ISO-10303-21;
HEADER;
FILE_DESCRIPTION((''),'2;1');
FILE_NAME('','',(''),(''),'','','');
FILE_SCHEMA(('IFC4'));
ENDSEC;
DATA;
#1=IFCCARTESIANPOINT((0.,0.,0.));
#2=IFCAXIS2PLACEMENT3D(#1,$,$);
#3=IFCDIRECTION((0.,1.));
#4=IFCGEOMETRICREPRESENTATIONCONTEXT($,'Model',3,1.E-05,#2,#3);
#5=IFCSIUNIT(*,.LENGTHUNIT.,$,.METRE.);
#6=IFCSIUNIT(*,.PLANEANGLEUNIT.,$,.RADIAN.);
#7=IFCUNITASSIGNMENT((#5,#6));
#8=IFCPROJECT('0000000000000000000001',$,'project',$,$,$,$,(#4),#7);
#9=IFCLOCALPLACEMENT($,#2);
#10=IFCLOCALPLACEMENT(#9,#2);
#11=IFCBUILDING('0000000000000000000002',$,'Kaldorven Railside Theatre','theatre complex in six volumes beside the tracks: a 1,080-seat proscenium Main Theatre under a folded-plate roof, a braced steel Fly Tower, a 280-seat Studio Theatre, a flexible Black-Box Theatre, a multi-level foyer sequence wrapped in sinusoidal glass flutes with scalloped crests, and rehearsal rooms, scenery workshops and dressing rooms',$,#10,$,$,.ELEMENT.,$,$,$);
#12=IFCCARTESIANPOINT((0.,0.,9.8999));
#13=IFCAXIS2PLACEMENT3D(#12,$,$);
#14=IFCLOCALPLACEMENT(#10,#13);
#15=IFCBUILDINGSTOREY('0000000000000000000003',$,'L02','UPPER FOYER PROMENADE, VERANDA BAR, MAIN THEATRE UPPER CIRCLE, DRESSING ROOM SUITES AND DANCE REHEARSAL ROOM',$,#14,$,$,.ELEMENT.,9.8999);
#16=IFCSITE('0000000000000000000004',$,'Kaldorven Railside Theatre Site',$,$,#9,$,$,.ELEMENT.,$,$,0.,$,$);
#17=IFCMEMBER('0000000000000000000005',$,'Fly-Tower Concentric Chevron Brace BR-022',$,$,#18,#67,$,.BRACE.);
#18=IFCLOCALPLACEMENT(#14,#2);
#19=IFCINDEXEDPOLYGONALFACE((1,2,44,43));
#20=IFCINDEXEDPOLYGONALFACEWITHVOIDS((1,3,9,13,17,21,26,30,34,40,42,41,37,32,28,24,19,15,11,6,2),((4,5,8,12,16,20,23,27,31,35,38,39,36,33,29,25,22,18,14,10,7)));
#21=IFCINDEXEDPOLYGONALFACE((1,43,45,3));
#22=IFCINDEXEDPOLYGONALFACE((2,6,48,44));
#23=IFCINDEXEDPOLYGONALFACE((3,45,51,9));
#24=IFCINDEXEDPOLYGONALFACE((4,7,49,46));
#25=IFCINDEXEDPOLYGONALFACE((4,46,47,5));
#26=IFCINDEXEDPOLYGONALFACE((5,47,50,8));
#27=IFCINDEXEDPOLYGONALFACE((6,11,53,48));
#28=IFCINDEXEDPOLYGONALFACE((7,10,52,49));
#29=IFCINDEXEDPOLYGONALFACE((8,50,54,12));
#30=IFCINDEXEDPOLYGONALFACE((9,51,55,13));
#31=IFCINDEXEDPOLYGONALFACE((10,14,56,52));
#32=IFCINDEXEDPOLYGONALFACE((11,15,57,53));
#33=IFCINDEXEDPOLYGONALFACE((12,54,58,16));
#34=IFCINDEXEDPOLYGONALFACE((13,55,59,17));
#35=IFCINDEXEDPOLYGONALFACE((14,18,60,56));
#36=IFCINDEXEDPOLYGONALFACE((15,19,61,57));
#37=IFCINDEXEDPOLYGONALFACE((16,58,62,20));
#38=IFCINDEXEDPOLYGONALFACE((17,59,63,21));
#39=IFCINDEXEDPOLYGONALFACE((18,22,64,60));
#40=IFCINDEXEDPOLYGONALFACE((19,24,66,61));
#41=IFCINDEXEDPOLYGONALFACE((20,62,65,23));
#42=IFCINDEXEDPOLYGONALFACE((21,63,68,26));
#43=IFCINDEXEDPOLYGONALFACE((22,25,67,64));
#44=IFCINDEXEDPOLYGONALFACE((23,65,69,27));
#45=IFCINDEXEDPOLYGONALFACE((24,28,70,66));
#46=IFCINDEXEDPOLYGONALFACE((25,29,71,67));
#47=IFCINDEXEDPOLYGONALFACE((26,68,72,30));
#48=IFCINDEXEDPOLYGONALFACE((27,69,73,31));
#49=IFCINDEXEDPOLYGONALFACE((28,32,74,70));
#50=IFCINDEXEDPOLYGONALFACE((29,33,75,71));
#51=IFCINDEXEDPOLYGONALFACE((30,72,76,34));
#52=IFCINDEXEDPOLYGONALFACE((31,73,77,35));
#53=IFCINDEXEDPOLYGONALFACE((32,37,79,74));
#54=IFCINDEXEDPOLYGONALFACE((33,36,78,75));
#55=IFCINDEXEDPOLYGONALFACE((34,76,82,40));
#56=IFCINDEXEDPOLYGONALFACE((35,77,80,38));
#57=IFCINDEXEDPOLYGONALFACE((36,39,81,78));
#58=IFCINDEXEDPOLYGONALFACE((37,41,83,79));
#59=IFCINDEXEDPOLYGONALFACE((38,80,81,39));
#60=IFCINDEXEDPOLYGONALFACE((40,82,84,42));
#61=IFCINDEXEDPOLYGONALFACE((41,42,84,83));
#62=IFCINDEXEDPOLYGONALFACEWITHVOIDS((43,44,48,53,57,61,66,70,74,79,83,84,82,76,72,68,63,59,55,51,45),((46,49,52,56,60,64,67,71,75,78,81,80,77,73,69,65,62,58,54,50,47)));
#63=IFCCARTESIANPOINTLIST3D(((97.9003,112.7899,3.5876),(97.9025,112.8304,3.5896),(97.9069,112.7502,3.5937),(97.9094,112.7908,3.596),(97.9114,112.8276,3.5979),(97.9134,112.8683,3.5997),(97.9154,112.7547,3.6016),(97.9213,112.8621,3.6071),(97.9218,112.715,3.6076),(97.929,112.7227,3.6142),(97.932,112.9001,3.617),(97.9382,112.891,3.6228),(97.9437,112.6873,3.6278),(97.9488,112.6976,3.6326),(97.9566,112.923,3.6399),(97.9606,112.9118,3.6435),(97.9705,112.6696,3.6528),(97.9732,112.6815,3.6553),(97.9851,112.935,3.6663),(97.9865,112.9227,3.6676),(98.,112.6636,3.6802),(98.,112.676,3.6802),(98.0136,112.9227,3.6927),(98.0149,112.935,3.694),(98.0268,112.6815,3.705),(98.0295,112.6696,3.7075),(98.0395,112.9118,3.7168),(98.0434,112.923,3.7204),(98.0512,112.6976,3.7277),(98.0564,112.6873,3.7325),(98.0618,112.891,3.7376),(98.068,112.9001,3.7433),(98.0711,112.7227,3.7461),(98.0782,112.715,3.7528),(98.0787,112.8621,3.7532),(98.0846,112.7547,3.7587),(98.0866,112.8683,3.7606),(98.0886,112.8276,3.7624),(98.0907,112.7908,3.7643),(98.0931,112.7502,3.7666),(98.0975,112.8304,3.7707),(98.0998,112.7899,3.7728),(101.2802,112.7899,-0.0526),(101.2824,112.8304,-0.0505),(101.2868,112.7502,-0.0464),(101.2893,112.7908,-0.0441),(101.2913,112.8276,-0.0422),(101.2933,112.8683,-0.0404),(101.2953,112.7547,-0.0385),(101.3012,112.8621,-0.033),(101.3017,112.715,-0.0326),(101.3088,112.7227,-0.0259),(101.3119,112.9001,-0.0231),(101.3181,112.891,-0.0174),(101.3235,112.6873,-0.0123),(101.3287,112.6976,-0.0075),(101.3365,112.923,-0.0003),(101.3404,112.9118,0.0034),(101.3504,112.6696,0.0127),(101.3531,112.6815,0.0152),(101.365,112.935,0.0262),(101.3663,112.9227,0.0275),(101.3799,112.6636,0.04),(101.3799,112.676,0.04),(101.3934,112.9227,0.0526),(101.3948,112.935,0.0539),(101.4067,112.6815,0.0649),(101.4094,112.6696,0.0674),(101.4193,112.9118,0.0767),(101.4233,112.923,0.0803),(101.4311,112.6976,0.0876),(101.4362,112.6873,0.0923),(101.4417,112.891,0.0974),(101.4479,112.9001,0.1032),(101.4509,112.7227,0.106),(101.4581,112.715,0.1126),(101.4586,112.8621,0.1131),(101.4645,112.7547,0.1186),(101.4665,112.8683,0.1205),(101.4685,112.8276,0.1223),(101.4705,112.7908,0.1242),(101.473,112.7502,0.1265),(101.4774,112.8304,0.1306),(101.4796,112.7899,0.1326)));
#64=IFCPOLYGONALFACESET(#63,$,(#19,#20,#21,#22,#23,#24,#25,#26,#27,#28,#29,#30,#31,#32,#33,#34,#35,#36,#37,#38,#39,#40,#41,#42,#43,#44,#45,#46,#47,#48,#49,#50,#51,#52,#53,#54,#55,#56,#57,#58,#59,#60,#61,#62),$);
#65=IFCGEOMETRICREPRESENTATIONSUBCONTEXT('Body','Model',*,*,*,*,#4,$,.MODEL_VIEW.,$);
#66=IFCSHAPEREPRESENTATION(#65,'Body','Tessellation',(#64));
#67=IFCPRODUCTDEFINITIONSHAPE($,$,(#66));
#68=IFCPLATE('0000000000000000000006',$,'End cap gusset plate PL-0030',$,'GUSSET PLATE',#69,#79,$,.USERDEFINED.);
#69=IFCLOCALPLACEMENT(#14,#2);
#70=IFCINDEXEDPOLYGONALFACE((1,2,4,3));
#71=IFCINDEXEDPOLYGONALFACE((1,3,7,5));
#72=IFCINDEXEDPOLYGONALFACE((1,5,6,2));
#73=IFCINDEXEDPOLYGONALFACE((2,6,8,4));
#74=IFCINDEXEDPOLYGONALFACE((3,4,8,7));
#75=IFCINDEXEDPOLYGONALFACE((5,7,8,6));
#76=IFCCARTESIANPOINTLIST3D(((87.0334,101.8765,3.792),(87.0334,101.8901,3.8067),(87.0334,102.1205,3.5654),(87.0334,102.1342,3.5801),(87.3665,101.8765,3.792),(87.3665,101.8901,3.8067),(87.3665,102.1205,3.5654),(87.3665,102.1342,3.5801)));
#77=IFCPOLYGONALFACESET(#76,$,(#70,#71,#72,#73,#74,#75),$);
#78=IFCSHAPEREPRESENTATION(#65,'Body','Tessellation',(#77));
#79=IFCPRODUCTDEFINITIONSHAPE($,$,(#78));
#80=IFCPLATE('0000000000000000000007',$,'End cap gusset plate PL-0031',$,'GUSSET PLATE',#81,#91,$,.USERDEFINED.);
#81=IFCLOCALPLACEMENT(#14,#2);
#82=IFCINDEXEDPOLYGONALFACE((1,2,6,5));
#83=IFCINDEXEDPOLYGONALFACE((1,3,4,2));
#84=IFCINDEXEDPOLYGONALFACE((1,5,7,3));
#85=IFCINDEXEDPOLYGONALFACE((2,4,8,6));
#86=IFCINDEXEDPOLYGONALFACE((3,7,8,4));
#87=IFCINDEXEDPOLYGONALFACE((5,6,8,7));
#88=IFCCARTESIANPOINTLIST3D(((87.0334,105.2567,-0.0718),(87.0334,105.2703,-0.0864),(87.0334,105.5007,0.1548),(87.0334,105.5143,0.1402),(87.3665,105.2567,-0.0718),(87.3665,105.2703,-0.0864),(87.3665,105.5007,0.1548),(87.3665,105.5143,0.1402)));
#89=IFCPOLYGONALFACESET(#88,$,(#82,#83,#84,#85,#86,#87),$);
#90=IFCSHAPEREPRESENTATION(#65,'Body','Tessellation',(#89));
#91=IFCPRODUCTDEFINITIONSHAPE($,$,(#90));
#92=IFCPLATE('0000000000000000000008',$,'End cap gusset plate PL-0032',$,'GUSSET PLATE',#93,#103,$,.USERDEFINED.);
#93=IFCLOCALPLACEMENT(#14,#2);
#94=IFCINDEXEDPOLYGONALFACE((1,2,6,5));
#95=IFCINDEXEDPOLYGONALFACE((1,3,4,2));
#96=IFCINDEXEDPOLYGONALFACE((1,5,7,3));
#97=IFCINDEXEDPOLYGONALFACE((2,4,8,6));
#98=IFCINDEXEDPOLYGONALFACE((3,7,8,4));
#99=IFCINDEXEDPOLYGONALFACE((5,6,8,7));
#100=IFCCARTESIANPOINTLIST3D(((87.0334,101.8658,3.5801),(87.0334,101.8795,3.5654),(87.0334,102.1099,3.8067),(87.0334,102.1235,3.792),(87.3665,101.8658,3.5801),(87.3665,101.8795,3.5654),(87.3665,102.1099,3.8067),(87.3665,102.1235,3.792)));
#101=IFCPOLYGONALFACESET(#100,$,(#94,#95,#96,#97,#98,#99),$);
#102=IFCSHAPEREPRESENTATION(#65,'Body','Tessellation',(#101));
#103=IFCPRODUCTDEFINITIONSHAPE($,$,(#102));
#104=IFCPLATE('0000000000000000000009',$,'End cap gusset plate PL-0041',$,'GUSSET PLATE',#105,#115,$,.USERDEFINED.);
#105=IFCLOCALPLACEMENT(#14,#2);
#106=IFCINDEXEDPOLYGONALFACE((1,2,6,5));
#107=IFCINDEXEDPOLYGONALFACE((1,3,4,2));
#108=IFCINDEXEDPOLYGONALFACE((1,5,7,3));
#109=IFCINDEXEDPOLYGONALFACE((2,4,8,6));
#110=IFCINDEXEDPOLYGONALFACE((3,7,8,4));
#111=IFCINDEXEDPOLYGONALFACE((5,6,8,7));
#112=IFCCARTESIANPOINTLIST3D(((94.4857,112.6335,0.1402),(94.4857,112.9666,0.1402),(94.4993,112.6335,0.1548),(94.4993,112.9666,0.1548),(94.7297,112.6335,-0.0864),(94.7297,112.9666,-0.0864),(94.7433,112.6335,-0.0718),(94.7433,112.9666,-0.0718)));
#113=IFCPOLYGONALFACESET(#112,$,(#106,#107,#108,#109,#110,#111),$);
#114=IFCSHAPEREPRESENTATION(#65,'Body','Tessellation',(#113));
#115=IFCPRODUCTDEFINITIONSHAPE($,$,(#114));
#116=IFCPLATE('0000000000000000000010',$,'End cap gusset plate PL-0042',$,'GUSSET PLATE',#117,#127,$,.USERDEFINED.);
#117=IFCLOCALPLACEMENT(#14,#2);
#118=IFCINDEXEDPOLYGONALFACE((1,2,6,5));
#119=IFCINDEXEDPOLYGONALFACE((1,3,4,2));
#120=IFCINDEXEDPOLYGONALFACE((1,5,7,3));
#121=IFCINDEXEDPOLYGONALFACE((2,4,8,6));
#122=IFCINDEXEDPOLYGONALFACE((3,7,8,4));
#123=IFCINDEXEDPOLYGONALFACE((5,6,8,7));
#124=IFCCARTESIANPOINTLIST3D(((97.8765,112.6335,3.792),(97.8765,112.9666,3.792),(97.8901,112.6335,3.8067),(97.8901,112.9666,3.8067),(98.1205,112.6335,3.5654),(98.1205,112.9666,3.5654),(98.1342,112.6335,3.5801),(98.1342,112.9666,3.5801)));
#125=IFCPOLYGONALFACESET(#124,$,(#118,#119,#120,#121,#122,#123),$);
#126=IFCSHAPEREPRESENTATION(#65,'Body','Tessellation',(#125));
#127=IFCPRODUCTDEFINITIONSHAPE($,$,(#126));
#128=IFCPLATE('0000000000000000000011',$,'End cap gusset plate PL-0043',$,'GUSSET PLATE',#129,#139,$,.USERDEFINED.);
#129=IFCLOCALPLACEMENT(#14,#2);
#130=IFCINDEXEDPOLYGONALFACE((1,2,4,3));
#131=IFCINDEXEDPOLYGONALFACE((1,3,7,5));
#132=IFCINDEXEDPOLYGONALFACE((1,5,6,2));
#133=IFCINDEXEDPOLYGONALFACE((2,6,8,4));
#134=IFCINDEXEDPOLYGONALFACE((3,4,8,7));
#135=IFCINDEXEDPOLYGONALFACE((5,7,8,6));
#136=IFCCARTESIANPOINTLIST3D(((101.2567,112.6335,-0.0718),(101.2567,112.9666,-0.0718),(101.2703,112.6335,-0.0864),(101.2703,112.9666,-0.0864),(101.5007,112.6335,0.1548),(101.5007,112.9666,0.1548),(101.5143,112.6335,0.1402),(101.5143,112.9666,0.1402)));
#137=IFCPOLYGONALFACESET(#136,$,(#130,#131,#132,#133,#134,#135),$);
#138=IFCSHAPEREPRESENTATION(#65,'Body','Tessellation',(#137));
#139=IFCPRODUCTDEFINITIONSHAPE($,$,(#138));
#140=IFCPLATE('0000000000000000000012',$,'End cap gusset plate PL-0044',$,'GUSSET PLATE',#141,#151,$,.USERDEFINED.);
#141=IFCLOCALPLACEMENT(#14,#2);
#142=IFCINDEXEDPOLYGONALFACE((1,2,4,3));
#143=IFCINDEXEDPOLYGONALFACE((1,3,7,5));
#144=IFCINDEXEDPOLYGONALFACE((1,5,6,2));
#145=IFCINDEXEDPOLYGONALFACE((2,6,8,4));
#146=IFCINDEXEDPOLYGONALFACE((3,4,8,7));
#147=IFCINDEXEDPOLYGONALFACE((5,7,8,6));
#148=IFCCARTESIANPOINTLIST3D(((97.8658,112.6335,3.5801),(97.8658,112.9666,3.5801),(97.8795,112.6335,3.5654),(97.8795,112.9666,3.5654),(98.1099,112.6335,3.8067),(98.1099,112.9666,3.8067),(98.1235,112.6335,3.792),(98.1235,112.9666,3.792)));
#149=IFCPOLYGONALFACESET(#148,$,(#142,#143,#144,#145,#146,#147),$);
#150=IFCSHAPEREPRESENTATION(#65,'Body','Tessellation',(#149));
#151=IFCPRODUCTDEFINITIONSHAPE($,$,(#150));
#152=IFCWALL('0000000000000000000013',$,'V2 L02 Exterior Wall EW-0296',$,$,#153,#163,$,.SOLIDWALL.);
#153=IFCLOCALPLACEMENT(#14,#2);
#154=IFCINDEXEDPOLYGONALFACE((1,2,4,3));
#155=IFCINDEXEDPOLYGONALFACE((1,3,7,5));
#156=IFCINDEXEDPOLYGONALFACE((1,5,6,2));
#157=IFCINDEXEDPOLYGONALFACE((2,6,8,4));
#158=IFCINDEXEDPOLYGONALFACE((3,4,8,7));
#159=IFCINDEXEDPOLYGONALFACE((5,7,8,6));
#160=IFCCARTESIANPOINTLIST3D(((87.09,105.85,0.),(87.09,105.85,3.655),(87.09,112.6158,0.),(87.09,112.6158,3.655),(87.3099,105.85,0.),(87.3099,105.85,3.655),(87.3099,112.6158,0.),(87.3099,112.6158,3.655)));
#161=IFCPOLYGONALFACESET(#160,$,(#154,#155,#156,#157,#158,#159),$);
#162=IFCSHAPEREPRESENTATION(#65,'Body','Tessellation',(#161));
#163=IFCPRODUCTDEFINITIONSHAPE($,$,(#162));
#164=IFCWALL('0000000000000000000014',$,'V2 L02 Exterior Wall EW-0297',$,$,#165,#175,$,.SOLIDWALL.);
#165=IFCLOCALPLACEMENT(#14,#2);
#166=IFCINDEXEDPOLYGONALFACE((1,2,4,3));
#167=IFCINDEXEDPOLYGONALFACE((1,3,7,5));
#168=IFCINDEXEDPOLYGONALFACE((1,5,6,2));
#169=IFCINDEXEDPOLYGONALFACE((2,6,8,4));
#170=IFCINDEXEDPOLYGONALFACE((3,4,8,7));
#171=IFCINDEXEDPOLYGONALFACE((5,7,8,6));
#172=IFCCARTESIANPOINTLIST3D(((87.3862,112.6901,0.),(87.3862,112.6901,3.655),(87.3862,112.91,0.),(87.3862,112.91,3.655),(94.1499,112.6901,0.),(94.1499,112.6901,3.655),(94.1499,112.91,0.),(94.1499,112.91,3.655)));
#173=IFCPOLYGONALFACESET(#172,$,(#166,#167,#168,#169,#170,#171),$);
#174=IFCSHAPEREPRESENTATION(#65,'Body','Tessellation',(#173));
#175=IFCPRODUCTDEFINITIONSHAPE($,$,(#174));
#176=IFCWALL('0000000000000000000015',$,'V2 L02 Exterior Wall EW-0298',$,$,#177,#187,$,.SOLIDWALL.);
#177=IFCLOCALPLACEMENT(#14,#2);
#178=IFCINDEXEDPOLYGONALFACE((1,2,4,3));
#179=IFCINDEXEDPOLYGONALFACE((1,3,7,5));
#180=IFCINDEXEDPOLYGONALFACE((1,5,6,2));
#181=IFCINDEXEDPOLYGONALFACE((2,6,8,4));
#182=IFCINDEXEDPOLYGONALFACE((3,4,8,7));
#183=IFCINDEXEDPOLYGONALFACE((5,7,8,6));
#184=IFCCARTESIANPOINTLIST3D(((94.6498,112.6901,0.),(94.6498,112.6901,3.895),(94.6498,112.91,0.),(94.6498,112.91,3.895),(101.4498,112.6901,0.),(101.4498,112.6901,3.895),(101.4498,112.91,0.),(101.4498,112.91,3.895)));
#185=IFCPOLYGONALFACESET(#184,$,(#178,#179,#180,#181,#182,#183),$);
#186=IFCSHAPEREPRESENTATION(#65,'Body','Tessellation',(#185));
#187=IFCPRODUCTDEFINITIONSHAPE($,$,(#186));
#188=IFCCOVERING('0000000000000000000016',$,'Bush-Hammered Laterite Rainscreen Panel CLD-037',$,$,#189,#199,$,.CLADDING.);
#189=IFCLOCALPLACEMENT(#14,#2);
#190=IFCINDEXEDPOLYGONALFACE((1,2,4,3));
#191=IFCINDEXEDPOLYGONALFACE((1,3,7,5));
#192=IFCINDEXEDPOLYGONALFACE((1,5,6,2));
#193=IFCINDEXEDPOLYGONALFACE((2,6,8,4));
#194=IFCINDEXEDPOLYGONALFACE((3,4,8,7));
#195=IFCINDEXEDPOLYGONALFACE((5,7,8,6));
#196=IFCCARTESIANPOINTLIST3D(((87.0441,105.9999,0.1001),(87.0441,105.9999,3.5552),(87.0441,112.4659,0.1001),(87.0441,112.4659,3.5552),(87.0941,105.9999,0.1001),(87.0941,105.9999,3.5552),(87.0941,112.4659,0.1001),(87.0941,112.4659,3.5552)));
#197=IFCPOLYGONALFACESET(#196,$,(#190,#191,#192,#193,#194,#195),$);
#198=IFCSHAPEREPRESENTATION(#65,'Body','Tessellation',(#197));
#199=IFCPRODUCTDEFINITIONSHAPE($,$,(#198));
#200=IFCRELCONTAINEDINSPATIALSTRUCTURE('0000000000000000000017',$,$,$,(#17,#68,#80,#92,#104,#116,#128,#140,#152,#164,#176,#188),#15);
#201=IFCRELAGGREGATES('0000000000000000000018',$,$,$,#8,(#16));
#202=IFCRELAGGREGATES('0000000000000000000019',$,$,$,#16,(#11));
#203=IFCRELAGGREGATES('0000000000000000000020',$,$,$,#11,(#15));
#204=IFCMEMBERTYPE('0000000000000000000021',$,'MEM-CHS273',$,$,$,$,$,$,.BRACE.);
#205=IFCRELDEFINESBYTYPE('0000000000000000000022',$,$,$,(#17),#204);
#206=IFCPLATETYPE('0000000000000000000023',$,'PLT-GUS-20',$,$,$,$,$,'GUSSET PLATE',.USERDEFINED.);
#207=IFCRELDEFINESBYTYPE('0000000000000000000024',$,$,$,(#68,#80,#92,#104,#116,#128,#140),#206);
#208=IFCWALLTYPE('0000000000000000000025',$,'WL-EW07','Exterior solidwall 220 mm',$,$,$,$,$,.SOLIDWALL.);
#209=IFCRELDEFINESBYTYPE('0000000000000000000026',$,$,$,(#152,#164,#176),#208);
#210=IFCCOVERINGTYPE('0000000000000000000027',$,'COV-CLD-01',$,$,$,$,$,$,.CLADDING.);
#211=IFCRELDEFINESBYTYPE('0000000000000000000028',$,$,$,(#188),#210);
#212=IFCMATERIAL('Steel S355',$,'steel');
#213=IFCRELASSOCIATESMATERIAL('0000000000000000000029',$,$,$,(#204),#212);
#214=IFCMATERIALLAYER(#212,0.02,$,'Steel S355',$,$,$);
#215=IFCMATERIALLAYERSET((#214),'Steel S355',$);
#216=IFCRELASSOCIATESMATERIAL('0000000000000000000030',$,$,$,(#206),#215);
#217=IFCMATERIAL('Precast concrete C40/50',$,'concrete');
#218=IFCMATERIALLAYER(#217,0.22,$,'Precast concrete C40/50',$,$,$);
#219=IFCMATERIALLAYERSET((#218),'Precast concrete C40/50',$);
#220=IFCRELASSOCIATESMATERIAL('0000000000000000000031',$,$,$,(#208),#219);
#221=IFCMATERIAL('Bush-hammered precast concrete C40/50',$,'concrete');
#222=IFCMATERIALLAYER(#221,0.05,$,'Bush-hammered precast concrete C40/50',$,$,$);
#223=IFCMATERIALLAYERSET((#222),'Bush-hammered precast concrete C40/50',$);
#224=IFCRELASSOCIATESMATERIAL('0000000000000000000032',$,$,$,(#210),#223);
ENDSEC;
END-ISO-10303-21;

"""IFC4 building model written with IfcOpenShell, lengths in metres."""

from ifc_helpers import new_model, si_unit, direction, frame, frame_2d, origin, origin_2d, place, context, subcontext, project, spatial, rectangle, hollow_circle, extrude, material, layer, layer_set, material_profile, profile_set, type_object, element, save


model = new_model("IFC4")

# Units and contexts
model_context = context("Model", 3, precision=1e-05, world=origin(), true_north=direction((0.0, 1.0)))
body_context = subcontext(model_context, "Body", "Model", "MODEL_VIEW")
ifc_project = project(units=[si_unit("LENGTHUNIT", "METRE"), si_unit("PLANEANGLEUNIT", "RADIAN")], contexts=[model_context])

# Site, building, storey
site_placement = place(None, origin())
site = spatial("IfcSite", under=ifc_project, at=site_placement, Name="Kaldorven Railside Theatre Site", CompositionType="ELEMENT", RefElevation=0.0)
building_placement = place(site_placement, origin())
building = spatial("IfcBuilding", under=site, at=building_placement, Name="Kaldorven Railside Theatre", Description="theatre complex in six volumes beside the tracks: a 1,080-seat proscenium Main Theatre under a folded-plate roof, a braced steel Fly Tower, a 280-seat Studio Theatre, a flexible Black-Box Theatre, a multi-level foyer sequence wrapped in sinusoidal glass flutes with scalloped crests, and rehearsal rooms, scenery workshops and dressing rooms", CompositionType="ELEMENT")
storey_placement = place(building_placement, frame((0.0, 0.0, 9.8999)))
storey = spatial("IfcBuildingStorey", under=building, at=storey_placement, Name="L02", Description="UPPER FOYER PROMENADE, VERANDA BAR, MAIN THEATRE UPPER CIRCLE, DRESSING ROOM SUITES AND DANCE REHEARSAL ROOM", CompositionType="ELEMENT", Elevation=9.8999)

# Shared definitions
ifc_material_1 = material(Name="Steel S355", Category="steel")

# Member
ifc_material_profile_1 = material_profile(ifc_material_1, hollow_circle(Radius=0.1365, WallThickness=0.0125, at=origin_2d()), Name="CHS 273x12.5")
ifc_profile_set_1 = profile_set([ifc_material_profile_1], Name="Steel S355")
member_type = type_object("IfcMemberType", Name="MEM-CHS273", PredefinedType="BRACE", material=ifc_profile_set_1)
for number, where, z_axis, x_axis, name in (
    (1, (101.3799, 112.8, 0.04), (-0.680425, 0.0, 0.732818), (0.0, -1.0, 0.0), "Fly-Tower Concentric Chevron Brace BR-022"),
):
    element("IfcMember", number, at=place(storey_placement, frame(where, z_axis=z_axis, x_axis=x_axis)), inside=storey, type_object=member_type, Name=name, PredefinedType="BRACE", context=body_context, shape_type="SweptSolid", body=[
        extrude(hollow_circle(Radius=0.1365, WallThickness=0.0125, at=origin_2d()), origin(), (0.0, 0.0, 1.0), 4.9673),
    ])

# Plates
ifc_layer_1 = layer(ifc_material_1, 0.02, Name="Steel S355")
ifc_layer_set_1 = layer_set([ifc_layer_1], Name="Steel S355")
plate_type = type_object("IfcPlateType", Name="PLT-GUS-20", ElementType="GUSSET PLATE", PredefinedType="USERDEFINED", material=ifc_layer_set_1)
for number, where, z_axis, x_axis, name in (
    (2, (87.2, 101.9985, 3.6787), (0.0, 0.680465, 0.73278), (-1.0, 0.0, 0.0), "End cap gusset plate PL-0030"),
    (3, (87.2, 105.3923, 0.0269), (0.0, -0.680465, 0.73278), (1.0, 0.0, 0.0), "End cap gusset plate PL-0031"),
    (4, (87.2, 102.0015, 3.6787), (0.0, -0.680465, 0.73278), (1.0, 0.0, 0.0), "End cap gusset plate PL-0032"),
    (5, (94.6077, 112.8, 0.0269), (0.680465, 0.0, 0.73278), (0.0, 1.0, 0.0), "End cap gusset plate PL-0041"),
    (6, (97.9985, 112.8, 3.6787), (0.680465, 0.0, 0.73278), (0.0, 1.0, 0.0), "End cap gusset plate PL-0042"),
    (7, (101.3923, 112.8, 0.0269), (-0.680465, 0.0, 0.73278), (0.0, -1.0, 0.0), "End cap gusset plate PL-0043"),
    (8, (98.0015, 112.8, 3.6787), (-0.680465, 0.0, 0.73278), (0.0, -1.0, 0.0), "End cap gusset plate PL-0044"),
):
    element("IfcPlate", number, at=place(storey_placement, frame(where, z_axis=z_axis, x_axis=x_axis)), inside=storey, type_object=plate_type, Name=name, ObjectType="GUSSET PLATE", PredefinedType="USERDEFINED", context=body_context, shape_type="SweptSolid", body=[
        extrude(rectangle(XDim=0.333, YDim=0.333, at=origin_2d()), origin(), (0.0, 0.0, 1.0), 0.02),
    ])

# Walls
ifc_material_2 = material(Name="Precast concrete C40/50", Category="concrete")
ifc_layer_2 = layer(ifc_material_2, 0.22, Name="Precast concrete C40/50")
ifc_layer_set_2 = layer_set([ifc_layer_2], Name="Precast concrete C40/50")
wall_type = type_object("IfcWallType", Name="WL-EW07", Description="Exterior solidwall 220 mm", PredefinedType="SOLIDWALL", material=ifc_layer_set_2)
wall_1_placement = place(storey_placement, frame((87.2, 105.8501, 0.0), z_axis=(0.0, 0.0, 1.0), x_axis=(0.0, 1.0, 0.0)))
element("IfcWall", 9, at=wall_1_placement, inside=storey, type_object=wall_type, Name="V2 L02 Exterior Wall EW-0296", PredefinedType="SOLIDWALL", context=body_context, shape_type="SweptSolid", body=[
    extrude(rectangle(XDim=6.7659, YDim=0.22, at=frame_2d((3.3828, 0.0))), origin(), (0.0, 0.0, 1.0), 3.655),
])
wall_2_placement = place(storey_placement, frame((87.3862, 112.8, 0.0), z_axis=(0.0, 0.0, 1.0), x_axis=(1.0, 0.0, 0.0)))
element("IfcWall", 10, at=wall_2_placement, inside=storey, type_object=wall_type, Name="V2 L02 Exterior Wall EW-0297", PredefinedType="SOLIDWALL", context=body_context, shape_type="SweptSolid", body=[
    extrude(rectangle(XDim=6.7637, YDim=0.22, at=frame_2d((3.3818, 0.0))), origin(), (0.0, 0.0, 1.0), 3.655),
])
wall_3_placement = place(storey_placement, frame((94.6499, 112.8, 0.0), z_axis=(0.0, 0.0, 1.0), x_axis=(1.0, 0.0, 0.0)))
element("IfcWall", 11, at=wall_3_placement, inside=storey, type_object=wall_type, Name="V2 L02 Exterior Wall EW-0298", PredefinedType="SOLIDWALL", context=body_context, shape_type="SweptSolid", body=[
    extrude(rectangle(XDim=6.8, YDim=0.22, at=frame_2d((3.3999, 0.0))), origin(), (0.0, 0.0, 1.0), 3.895),
])

# Covering
ifc_material_3 = material(Name="Bush-hammered precast concrete C40/50", Category="concrete")
ifc_layer_3 = layer(ifc_material_3, 0.05, Name="Bush-hammered precast concrete C40/50")
ifc_layer_set_3 = layer_set([ifc_layer_3], Name="Bush-hammered precast concrete C40/50")
covering_type = type_object("IfcCoveringType", Name="COV-CLD-01", PredefinedType="CLADDING", material=ifc_layer_set_3)
covering_placement = place(storey_placement, frame((87.0691, 109.2329, 0.1001), z_axis=(0.0, 0.0, 1.0), x_axis=(0.0, 1.0, 0.0)))
element("IfcCovering", 12, at=covering_placement, inside=storey, type_object=covering_type, Name="Bush-Hammered Laterite Rainscreen Panel CLD-037", PredefinedType="CLADDING", context=body_context, shape_type="SweptSolid", body=[
    extrude(rectangle(XDim=6.4661, YDim=0.05, at=origin_2d()), origin(), (0.0, 0.0, 1.0), 3.4551),
])

save(model, "model.ifc")
